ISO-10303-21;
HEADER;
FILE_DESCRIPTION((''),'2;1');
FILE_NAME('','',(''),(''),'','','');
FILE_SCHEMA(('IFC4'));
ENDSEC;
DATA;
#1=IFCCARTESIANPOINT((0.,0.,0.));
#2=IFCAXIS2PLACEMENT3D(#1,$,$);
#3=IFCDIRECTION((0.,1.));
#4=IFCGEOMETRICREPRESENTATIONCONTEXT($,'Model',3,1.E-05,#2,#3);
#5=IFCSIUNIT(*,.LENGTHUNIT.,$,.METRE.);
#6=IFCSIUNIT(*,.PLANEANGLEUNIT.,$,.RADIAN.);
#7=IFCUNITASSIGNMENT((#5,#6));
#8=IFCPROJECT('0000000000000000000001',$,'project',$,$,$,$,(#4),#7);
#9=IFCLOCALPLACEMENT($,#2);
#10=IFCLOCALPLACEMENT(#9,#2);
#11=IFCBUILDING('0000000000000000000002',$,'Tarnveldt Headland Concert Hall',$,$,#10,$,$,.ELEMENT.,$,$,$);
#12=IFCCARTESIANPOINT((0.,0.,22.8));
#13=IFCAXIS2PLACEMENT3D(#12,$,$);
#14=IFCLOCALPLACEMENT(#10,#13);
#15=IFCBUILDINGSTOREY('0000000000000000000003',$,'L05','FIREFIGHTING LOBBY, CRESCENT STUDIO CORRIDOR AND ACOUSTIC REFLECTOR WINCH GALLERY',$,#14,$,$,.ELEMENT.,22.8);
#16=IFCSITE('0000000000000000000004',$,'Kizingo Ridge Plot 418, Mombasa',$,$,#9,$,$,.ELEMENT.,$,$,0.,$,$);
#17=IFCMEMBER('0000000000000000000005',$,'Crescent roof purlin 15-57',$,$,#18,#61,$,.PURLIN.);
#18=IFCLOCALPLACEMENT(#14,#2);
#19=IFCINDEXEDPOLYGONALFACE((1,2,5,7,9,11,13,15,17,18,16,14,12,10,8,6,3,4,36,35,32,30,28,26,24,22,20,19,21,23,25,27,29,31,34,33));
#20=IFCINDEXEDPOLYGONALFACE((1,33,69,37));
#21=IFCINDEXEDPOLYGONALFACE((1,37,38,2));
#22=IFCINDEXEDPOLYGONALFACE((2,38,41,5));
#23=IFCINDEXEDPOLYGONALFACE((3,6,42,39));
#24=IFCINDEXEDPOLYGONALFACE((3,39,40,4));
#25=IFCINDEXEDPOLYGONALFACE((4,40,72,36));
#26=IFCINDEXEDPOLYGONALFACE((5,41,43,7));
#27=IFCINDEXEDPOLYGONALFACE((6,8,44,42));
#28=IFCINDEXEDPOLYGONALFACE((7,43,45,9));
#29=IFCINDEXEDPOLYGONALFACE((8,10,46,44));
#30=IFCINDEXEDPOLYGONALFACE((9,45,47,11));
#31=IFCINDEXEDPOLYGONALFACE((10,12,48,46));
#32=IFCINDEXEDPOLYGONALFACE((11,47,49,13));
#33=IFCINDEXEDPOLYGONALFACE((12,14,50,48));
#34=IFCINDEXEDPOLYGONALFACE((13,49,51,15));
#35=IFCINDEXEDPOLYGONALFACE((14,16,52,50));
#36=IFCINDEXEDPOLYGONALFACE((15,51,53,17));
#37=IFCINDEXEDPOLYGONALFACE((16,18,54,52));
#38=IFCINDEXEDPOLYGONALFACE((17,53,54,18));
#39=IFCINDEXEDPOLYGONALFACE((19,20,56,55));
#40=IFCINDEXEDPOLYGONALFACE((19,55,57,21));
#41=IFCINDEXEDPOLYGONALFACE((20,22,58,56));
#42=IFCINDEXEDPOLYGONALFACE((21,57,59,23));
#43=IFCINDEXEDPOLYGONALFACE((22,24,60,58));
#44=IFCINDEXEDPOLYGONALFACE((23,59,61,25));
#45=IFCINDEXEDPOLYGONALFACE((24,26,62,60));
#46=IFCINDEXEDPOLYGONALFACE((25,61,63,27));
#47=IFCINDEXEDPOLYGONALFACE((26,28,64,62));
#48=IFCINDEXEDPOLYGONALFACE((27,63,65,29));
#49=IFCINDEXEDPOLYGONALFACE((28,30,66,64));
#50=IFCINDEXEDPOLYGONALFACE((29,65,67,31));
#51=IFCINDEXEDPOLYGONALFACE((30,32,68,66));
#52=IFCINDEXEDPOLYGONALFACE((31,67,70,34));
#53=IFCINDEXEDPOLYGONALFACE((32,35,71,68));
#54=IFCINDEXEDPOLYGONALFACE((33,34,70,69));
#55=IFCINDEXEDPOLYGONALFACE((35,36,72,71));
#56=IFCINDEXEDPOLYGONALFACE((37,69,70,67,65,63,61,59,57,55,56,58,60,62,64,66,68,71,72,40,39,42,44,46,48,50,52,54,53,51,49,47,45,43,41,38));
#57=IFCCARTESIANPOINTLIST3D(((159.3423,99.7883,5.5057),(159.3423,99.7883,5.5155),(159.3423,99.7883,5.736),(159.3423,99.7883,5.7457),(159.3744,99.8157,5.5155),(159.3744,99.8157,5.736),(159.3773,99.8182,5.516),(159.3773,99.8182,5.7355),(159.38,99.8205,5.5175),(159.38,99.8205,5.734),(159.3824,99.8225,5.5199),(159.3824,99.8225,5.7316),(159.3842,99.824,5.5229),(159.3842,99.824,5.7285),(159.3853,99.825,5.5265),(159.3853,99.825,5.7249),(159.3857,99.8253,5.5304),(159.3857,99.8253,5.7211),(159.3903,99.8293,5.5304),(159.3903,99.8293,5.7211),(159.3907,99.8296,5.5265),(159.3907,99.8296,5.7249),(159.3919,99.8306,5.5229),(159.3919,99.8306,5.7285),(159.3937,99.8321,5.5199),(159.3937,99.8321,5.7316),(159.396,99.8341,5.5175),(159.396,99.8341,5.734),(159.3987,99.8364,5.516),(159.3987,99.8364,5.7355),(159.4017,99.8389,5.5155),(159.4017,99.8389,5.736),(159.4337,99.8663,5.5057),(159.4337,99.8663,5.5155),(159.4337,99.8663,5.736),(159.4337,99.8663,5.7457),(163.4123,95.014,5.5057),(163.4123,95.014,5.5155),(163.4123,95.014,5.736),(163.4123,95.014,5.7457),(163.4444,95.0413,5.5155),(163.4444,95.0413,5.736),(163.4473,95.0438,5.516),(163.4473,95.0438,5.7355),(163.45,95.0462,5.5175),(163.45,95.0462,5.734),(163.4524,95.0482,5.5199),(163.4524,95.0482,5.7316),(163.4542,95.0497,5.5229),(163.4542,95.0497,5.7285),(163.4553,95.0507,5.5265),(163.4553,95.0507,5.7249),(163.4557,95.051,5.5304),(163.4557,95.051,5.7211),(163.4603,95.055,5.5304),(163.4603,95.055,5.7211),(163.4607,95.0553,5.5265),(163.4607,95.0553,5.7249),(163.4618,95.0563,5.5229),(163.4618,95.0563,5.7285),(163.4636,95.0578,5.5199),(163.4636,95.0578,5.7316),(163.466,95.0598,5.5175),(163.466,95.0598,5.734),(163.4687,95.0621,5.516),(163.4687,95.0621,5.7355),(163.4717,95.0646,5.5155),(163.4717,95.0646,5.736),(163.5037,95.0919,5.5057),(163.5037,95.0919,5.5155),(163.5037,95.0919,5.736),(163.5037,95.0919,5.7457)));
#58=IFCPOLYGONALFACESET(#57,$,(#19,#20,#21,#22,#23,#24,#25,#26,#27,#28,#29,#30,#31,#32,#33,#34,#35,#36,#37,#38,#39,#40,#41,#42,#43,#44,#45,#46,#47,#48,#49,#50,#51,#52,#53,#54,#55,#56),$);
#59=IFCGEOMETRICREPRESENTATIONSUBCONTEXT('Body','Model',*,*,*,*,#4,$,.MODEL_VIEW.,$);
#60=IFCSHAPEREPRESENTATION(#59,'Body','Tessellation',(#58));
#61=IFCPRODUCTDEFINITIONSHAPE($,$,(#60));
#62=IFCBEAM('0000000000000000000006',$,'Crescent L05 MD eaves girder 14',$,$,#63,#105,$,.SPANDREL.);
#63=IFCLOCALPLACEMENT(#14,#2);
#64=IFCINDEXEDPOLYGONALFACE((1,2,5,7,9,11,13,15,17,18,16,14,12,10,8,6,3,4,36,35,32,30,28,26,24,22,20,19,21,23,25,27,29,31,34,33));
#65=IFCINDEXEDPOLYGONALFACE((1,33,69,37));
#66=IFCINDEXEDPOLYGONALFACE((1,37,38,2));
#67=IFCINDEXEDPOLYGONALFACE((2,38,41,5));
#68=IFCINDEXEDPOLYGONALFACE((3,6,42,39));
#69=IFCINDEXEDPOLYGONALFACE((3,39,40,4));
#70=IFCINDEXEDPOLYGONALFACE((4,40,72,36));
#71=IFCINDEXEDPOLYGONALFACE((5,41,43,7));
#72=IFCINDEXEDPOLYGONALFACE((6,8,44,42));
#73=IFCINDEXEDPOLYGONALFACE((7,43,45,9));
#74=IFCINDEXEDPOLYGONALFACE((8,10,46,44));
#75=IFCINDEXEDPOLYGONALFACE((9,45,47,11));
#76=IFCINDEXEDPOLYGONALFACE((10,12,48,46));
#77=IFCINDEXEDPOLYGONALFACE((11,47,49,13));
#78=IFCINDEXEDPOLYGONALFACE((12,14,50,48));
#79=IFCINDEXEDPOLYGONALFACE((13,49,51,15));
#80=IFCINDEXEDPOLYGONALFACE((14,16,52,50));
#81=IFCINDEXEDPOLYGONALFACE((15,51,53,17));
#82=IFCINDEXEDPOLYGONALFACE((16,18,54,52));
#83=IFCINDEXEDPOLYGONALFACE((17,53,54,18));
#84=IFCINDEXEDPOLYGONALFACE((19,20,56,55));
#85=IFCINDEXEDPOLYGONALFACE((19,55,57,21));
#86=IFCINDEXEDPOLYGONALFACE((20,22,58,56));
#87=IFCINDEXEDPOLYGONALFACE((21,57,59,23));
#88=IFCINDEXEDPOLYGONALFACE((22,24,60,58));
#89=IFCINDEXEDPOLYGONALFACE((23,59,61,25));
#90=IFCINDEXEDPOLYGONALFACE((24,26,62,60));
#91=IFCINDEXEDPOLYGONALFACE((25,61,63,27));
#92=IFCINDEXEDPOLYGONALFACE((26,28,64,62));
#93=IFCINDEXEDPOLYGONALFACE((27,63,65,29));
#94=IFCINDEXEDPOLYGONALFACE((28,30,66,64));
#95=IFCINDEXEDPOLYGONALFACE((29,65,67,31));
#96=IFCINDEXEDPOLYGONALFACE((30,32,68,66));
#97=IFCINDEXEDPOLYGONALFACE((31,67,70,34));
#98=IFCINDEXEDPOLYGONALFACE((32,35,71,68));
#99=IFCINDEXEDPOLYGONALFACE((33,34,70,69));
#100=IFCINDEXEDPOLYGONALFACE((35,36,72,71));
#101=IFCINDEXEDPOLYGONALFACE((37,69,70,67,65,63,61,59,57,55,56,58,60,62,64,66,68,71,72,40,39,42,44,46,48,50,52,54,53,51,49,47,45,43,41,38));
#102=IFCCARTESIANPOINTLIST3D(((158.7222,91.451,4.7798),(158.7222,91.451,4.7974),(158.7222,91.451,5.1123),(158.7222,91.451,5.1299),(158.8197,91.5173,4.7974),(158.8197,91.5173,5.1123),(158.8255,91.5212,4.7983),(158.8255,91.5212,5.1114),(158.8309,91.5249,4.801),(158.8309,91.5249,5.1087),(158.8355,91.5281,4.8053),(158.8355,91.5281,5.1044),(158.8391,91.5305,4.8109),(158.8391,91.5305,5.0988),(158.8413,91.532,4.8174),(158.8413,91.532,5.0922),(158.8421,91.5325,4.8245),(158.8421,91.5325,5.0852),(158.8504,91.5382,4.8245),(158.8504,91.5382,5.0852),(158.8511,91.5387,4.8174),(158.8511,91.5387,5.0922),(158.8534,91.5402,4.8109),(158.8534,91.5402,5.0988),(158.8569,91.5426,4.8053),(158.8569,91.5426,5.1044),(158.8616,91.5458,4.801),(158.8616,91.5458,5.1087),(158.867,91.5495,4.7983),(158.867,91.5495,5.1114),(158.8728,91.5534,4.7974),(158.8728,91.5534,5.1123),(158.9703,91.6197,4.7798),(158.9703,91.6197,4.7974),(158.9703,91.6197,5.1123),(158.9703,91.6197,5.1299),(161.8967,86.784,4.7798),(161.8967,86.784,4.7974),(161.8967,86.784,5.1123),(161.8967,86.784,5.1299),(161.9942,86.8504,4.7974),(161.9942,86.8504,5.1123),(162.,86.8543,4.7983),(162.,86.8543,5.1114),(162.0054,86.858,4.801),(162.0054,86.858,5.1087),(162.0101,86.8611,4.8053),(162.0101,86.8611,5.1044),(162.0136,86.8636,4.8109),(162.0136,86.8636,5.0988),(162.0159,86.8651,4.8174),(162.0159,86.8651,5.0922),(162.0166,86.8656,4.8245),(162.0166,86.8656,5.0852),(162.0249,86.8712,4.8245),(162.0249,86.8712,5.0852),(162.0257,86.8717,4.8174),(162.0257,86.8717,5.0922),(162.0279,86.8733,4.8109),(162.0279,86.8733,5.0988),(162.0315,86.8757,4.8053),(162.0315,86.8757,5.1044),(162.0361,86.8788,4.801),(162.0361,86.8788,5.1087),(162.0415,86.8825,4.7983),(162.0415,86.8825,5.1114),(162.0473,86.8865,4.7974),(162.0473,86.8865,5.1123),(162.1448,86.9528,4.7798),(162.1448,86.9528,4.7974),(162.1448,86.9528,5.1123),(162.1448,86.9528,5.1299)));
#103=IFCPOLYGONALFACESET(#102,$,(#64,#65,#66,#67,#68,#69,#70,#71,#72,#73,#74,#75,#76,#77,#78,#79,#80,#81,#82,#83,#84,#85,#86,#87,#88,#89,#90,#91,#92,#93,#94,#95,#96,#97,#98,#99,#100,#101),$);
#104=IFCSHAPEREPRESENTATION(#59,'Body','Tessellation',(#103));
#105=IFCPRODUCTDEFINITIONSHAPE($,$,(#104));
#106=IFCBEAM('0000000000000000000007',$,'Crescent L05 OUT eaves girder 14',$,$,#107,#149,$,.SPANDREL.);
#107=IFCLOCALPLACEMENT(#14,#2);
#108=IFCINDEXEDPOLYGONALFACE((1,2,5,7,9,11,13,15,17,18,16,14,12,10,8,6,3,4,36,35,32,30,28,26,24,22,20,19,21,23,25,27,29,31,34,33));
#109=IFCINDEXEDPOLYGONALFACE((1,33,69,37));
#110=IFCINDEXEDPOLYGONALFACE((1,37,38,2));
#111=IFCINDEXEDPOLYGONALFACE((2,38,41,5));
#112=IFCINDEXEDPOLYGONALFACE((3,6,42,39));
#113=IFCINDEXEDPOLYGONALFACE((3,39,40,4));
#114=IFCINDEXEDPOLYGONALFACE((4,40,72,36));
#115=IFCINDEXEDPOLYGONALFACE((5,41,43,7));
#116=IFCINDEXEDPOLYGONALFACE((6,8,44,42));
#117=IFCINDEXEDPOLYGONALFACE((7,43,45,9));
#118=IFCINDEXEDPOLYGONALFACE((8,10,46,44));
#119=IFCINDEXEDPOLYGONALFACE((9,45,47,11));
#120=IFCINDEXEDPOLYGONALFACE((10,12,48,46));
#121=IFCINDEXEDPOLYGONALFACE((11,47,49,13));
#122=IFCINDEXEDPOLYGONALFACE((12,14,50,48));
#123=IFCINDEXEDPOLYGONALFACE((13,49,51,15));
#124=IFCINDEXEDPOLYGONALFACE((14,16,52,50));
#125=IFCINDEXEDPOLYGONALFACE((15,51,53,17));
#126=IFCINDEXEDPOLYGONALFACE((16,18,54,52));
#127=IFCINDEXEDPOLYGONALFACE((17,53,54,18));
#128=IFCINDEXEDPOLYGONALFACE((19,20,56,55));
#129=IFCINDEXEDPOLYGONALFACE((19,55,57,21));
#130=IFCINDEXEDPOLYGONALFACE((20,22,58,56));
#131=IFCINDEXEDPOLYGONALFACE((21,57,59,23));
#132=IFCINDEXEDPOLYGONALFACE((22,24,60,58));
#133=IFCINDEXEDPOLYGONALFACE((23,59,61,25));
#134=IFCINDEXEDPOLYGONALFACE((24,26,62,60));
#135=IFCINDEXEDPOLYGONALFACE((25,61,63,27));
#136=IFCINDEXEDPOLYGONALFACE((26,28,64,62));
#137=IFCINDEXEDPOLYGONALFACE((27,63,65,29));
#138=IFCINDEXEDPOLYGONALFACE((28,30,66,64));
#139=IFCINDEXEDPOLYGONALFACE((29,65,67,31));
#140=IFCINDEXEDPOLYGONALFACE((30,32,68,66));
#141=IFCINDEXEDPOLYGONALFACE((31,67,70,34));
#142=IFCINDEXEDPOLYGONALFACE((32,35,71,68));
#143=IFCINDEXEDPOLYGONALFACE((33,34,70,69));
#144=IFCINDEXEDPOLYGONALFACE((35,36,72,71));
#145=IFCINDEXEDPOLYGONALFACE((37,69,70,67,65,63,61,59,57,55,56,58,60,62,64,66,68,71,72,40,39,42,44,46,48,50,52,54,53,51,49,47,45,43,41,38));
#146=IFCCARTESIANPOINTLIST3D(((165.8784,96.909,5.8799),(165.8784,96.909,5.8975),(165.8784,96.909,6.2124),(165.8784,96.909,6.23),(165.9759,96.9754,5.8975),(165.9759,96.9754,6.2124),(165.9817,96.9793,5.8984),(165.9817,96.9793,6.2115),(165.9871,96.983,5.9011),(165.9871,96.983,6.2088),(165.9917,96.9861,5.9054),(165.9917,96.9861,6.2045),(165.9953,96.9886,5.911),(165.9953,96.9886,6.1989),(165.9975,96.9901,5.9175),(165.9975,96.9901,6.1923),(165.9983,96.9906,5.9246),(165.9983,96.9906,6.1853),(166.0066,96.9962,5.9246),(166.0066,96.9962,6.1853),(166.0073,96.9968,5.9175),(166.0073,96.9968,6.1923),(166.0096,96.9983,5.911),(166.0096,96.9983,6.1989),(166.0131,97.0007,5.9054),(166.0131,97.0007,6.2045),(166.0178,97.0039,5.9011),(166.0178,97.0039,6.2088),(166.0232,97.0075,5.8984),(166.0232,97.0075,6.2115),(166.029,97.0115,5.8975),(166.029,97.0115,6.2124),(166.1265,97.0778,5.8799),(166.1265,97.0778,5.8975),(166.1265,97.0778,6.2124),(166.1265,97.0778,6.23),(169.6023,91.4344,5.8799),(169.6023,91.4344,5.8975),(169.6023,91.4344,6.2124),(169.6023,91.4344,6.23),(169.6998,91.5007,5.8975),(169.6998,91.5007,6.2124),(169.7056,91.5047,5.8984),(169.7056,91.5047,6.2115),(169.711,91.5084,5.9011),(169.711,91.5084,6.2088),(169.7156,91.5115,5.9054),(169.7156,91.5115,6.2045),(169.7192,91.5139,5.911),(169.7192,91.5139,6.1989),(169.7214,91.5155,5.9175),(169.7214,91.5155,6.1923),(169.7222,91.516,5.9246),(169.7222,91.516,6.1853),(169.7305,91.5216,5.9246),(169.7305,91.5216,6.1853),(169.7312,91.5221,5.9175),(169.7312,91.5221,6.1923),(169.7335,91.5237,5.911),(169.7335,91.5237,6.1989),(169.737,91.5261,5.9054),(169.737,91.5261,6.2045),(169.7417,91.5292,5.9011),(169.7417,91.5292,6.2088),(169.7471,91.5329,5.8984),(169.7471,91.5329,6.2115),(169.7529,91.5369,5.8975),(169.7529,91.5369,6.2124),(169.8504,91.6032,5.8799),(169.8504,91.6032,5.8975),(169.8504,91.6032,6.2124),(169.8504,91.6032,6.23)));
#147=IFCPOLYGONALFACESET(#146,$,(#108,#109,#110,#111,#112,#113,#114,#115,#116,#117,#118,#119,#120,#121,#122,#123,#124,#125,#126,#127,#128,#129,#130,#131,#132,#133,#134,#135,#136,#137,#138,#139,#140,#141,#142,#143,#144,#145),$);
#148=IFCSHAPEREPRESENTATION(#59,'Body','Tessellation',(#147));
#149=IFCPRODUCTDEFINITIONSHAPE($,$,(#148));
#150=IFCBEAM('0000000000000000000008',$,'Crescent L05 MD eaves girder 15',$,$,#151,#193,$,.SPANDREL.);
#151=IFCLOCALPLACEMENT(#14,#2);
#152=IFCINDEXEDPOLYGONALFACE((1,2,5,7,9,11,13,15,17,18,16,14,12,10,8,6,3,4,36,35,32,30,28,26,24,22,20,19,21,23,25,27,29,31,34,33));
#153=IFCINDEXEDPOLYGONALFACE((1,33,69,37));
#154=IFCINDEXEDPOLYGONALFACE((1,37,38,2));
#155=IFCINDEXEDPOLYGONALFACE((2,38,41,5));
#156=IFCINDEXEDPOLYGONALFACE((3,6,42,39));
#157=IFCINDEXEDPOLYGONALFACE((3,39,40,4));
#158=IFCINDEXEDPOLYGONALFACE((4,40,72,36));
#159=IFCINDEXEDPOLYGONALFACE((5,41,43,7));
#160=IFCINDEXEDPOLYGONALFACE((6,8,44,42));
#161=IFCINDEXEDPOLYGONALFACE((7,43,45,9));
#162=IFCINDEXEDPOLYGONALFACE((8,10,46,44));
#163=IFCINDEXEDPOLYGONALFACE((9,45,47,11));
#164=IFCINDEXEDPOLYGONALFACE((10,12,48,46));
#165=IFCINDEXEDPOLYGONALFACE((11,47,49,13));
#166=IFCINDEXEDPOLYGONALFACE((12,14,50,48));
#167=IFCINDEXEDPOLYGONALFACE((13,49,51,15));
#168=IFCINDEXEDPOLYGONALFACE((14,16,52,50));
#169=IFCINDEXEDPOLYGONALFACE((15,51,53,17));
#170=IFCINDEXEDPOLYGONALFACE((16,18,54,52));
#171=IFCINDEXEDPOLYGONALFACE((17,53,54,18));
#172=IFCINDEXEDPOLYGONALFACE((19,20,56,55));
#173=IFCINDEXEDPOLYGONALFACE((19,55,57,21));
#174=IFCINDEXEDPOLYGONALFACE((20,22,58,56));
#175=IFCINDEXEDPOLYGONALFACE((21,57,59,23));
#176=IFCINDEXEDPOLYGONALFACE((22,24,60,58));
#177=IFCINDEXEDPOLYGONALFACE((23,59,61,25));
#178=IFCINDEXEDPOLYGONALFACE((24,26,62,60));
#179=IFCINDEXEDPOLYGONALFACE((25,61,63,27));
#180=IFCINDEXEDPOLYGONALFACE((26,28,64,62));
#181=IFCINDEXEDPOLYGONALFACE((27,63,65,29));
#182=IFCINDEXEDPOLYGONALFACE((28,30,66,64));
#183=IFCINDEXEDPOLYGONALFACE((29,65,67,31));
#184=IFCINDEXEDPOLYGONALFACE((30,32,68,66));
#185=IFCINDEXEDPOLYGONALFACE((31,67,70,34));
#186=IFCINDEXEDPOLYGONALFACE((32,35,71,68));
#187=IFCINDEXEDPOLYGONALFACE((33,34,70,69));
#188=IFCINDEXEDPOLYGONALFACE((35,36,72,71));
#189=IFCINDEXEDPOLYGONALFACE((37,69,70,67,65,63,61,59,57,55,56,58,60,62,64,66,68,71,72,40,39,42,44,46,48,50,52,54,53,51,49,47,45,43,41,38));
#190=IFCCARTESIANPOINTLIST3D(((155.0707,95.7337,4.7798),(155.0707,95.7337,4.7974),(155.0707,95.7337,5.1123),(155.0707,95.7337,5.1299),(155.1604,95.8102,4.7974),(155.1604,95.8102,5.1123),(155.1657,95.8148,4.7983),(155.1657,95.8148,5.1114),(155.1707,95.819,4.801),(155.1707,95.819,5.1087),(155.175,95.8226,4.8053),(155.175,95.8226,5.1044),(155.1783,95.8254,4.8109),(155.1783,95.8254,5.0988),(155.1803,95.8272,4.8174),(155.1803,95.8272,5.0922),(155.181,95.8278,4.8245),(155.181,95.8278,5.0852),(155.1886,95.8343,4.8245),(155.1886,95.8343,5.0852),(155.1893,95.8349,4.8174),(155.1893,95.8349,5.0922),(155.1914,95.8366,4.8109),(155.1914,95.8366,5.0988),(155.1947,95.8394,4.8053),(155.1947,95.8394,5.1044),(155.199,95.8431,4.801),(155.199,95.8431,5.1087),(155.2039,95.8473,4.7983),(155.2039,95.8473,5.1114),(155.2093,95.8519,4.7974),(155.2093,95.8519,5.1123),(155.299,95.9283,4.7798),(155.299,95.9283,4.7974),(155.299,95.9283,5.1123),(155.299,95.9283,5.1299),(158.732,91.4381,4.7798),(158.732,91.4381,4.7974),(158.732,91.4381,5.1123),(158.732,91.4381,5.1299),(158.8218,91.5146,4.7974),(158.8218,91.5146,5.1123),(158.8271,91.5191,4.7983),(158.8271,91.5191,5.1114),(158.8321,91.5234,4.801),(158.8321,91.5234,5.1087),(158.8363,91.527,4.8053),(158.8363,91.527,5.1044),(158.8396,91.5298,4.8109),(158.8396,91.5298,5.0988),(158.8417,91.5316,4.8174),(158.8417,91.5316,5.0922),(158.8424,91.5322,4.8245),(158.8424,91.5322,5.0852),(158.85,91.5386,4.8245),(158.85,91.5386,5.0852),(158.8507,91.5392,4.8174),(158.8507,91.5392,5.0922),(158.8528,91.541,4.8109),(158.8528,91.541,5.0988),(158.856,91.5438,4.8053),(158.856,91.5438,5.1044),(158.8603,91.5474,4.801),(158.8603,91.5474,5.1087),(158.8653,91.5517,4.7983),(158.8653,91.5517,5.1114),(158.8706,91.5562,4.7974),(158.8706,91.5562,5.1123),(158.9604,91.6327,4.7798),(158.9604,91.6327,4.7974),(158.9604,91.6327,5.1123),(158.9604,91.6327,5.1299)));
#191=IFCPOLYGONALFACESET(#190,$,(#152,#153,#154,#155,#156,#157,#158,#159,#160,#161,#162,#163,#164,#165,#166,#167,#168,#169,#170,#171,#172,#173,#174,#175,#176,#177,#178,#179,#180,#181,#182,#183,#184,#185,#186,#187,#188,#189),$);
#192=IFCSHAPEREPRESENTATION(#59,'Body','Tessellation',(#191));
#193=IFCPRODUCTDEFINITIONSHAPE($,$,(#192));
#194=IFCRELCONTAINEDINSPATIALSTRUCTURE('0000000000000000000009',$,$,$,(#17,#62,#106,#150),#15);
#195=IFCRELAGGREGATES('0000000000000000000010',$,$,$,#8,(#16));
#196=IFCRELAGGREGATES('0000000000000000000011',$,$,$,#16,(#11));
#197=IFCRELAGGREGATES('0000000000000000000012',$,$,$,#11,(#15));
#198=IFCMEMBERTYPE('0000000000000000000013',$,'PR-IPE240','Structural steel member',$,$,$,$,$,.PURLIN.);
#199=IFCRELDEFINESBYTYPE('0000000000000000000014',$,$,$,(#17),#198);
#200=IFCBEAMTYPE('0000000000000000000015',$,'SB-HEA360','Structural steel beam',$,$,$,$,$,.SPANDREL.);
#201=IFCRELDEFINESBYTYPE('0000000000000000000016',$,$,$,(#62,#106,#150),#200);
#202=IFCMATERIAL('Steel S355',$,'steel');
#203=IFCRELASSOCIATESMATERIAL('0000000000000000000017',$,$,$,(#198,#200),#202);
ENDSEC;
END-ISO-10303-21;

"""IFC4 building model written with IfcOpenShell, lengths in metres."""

from ifc_helpers import new_model, si_unit, direction, frame, origin, origin_2d, place, context, subcontext, project, spatial, i_section, extrude, material, material_profile, profile_set, type_object, element, save


model = new_model("IFC4")

# Units and contexts
model_context = context("Model", 3, precision=1e-05, world=origin(), true_north=direction((0.0, 1.0)))
body_context = subcontext(model_context, "Body", "Model", "MODEL_VIEW")
ifc_project = project(units=[si_unit("LENGTHUNIT", "METRE"), si_unit("PLANEANGLEUNIT", "RADIAN")], contexts=[model_context])

# Site, building, storey
site_placement = place(None, origin())
site = spatial("IfcSite", under=ifc_project, at=site_placement, Name="Kizingo Ridge Plot 418, Mombasa", CompositionType="ELEMENT", RefElevation=0.0)
building_placement = place(site_placement, origin())
building = spatial("IfcBuilding", under=site, at=building_placement, Name="Tarnveldt Headland Concert Hall", CompositionType="ELEMENT")
storey_placement = place(building_placement, frame((0.0, 0.0, 22.8)))
storey = spatial("IfcBuildingStorey", under=building, at=storey_placement, Name="L05", Description="FIREFIGHTING LOBBY, CRESCENT STUDIO CORRIDOR AND ACOUSTIC REFLECTOR WINCH GALLERY", CompositionType="ELEMENT", Elevation=22.8)

# Shared definitions
ifc_material_1 = material(Name="Steel S355", Category="steel")

# Member
ifc_material_profile_1 = material_profile(ifc_material_1, i_section(OverallWidth=0.1201, OverallDepth=0.24, WebThickness=0.0061, FlangeThickness=0.0098, FilletRadius=0.0149, at=origin_2d()), Name="IPE240", Category="steel")
ifc_profile_set_1 = profile_set([ifc_material_profile_1], Name="Steel S355")
member_type = type_object("IfcMemberType", Name="PR-IPE240", Description="Structural steel member", PredefinedType="PURLIN", material=ifc_profile_set_1)
member_1_placement = place(storey_placement, frame((163.458, 95.053, 5.6257), z_axis=(-0.648741, 0.761009, 0.0), x_axis=(-0.761009, -0.648741, 0.0)))
element("IfcMember", 1, at=member_1_placement, inside=storey, type_object=member_type, Name="Crescent roof purlin 15-57", PredefinedType="PURLIN", context=body_context, shape_type="SweptSolid", body=[
    extrude(i_section(OverallWidth=0.1201, OverallDepth=0.24, WebThickness=0.0061, FlangeThickness=0.0098, FilletRadius=0.0149, at=origin_2d()), origin(), (0.0, 0.0, 1.0), 6.2737),
])

# Beams
ifc_material_profile_2 = material_profile(ifc_material_1, i_section(OverallWidth=0.3, OverallDepth=0.3501, WebThickness=0.01, FlangeThickness=0.0176, FilletRadius=0.0271, at=origin_2d()), Name="HEA360", Category="steel")
ifc_profile_set_2 = profile_set([ifc_material_profile_2], Name="Steel S355")
beam_type = type_object("IfcBeamType", Name="SB-HEA360", Description="Structural steel beam", PredefinedType="SPANDREL", material=ifc_profile_set_2)
beam_1_placement = place(storey_placement, frame((162.0208, 86.8684, 4.9548), z_axis=(-0.562432, 0.826844, 0.0), x_axis=(-0.826844, -0.562432, 0.0)))
element("IfcBeam", 2, at=beam_1_placement, inside=storey, type_object=beam_type, Name="Crescent L05 MD eaves girder 14", PredefinedType="SPANDREL", context=body_context, shape_type="SweptSolid", body=[
    extrude(i_section(OverallWidth=0.3, OverallDepth=0.3501, WebThickness=0.01, FlangeThickness=0.0176, FilletRadius=0.0271, at=origin_2d()), origin(), (0.0, 0.0, 1.0), 5.6443),
])
beam_2_placement = place(storey_placement, frame((169.7263, 91.5188, 6.0549), z_axis=(-0.562428, 0.826846, 0.0), x_axis=(-0.826846, -0.562428, 0.0)))
element("IfcBeam", 3, at=beam_2_placement, inside=storey, type_object=beam_type, Name="Crescent L05 OUT eaves girder 14", PredefinedType="SPANDREL", context=body_context, shape_type="SweptSolid", body=[
    extrude(i_section(OverallWidth=0.3, OverallDepth=0.3501, WebThickness=0.01, FlangeThickness=0.0176, FilletRadius=0.0271, at=origin_2d()), origin(), (0.0, 0.0, 1.0), 6.6211),
])
beam_3_placement = place(storey_placement, frame((158.8462, 91.5354, 4.9548), z_axis=(-0.648684, 0.761058, 0.0), x_axis=(-0.761058, -0.648684, 0.0)))
element("IfcBeam", 4, at=beam_3_placement, inside=storey, type_object=beam_type, Name="Crescent L05 MD eaves girder 15", PredefinedType="SPANDREL", context=body_context, shape_type="SweptSolid", body=[
    extrude(i_section(OverallWidth=0.3, OverallDepth=0.3501, WebThickness=0.01, FlangeThickness=0.0176, FilletRadius=0.0271, at=origin_2d()), origin(), (0.0, 0.0, 1.0), 5.6443),
])

save(model, "model.ifc")
